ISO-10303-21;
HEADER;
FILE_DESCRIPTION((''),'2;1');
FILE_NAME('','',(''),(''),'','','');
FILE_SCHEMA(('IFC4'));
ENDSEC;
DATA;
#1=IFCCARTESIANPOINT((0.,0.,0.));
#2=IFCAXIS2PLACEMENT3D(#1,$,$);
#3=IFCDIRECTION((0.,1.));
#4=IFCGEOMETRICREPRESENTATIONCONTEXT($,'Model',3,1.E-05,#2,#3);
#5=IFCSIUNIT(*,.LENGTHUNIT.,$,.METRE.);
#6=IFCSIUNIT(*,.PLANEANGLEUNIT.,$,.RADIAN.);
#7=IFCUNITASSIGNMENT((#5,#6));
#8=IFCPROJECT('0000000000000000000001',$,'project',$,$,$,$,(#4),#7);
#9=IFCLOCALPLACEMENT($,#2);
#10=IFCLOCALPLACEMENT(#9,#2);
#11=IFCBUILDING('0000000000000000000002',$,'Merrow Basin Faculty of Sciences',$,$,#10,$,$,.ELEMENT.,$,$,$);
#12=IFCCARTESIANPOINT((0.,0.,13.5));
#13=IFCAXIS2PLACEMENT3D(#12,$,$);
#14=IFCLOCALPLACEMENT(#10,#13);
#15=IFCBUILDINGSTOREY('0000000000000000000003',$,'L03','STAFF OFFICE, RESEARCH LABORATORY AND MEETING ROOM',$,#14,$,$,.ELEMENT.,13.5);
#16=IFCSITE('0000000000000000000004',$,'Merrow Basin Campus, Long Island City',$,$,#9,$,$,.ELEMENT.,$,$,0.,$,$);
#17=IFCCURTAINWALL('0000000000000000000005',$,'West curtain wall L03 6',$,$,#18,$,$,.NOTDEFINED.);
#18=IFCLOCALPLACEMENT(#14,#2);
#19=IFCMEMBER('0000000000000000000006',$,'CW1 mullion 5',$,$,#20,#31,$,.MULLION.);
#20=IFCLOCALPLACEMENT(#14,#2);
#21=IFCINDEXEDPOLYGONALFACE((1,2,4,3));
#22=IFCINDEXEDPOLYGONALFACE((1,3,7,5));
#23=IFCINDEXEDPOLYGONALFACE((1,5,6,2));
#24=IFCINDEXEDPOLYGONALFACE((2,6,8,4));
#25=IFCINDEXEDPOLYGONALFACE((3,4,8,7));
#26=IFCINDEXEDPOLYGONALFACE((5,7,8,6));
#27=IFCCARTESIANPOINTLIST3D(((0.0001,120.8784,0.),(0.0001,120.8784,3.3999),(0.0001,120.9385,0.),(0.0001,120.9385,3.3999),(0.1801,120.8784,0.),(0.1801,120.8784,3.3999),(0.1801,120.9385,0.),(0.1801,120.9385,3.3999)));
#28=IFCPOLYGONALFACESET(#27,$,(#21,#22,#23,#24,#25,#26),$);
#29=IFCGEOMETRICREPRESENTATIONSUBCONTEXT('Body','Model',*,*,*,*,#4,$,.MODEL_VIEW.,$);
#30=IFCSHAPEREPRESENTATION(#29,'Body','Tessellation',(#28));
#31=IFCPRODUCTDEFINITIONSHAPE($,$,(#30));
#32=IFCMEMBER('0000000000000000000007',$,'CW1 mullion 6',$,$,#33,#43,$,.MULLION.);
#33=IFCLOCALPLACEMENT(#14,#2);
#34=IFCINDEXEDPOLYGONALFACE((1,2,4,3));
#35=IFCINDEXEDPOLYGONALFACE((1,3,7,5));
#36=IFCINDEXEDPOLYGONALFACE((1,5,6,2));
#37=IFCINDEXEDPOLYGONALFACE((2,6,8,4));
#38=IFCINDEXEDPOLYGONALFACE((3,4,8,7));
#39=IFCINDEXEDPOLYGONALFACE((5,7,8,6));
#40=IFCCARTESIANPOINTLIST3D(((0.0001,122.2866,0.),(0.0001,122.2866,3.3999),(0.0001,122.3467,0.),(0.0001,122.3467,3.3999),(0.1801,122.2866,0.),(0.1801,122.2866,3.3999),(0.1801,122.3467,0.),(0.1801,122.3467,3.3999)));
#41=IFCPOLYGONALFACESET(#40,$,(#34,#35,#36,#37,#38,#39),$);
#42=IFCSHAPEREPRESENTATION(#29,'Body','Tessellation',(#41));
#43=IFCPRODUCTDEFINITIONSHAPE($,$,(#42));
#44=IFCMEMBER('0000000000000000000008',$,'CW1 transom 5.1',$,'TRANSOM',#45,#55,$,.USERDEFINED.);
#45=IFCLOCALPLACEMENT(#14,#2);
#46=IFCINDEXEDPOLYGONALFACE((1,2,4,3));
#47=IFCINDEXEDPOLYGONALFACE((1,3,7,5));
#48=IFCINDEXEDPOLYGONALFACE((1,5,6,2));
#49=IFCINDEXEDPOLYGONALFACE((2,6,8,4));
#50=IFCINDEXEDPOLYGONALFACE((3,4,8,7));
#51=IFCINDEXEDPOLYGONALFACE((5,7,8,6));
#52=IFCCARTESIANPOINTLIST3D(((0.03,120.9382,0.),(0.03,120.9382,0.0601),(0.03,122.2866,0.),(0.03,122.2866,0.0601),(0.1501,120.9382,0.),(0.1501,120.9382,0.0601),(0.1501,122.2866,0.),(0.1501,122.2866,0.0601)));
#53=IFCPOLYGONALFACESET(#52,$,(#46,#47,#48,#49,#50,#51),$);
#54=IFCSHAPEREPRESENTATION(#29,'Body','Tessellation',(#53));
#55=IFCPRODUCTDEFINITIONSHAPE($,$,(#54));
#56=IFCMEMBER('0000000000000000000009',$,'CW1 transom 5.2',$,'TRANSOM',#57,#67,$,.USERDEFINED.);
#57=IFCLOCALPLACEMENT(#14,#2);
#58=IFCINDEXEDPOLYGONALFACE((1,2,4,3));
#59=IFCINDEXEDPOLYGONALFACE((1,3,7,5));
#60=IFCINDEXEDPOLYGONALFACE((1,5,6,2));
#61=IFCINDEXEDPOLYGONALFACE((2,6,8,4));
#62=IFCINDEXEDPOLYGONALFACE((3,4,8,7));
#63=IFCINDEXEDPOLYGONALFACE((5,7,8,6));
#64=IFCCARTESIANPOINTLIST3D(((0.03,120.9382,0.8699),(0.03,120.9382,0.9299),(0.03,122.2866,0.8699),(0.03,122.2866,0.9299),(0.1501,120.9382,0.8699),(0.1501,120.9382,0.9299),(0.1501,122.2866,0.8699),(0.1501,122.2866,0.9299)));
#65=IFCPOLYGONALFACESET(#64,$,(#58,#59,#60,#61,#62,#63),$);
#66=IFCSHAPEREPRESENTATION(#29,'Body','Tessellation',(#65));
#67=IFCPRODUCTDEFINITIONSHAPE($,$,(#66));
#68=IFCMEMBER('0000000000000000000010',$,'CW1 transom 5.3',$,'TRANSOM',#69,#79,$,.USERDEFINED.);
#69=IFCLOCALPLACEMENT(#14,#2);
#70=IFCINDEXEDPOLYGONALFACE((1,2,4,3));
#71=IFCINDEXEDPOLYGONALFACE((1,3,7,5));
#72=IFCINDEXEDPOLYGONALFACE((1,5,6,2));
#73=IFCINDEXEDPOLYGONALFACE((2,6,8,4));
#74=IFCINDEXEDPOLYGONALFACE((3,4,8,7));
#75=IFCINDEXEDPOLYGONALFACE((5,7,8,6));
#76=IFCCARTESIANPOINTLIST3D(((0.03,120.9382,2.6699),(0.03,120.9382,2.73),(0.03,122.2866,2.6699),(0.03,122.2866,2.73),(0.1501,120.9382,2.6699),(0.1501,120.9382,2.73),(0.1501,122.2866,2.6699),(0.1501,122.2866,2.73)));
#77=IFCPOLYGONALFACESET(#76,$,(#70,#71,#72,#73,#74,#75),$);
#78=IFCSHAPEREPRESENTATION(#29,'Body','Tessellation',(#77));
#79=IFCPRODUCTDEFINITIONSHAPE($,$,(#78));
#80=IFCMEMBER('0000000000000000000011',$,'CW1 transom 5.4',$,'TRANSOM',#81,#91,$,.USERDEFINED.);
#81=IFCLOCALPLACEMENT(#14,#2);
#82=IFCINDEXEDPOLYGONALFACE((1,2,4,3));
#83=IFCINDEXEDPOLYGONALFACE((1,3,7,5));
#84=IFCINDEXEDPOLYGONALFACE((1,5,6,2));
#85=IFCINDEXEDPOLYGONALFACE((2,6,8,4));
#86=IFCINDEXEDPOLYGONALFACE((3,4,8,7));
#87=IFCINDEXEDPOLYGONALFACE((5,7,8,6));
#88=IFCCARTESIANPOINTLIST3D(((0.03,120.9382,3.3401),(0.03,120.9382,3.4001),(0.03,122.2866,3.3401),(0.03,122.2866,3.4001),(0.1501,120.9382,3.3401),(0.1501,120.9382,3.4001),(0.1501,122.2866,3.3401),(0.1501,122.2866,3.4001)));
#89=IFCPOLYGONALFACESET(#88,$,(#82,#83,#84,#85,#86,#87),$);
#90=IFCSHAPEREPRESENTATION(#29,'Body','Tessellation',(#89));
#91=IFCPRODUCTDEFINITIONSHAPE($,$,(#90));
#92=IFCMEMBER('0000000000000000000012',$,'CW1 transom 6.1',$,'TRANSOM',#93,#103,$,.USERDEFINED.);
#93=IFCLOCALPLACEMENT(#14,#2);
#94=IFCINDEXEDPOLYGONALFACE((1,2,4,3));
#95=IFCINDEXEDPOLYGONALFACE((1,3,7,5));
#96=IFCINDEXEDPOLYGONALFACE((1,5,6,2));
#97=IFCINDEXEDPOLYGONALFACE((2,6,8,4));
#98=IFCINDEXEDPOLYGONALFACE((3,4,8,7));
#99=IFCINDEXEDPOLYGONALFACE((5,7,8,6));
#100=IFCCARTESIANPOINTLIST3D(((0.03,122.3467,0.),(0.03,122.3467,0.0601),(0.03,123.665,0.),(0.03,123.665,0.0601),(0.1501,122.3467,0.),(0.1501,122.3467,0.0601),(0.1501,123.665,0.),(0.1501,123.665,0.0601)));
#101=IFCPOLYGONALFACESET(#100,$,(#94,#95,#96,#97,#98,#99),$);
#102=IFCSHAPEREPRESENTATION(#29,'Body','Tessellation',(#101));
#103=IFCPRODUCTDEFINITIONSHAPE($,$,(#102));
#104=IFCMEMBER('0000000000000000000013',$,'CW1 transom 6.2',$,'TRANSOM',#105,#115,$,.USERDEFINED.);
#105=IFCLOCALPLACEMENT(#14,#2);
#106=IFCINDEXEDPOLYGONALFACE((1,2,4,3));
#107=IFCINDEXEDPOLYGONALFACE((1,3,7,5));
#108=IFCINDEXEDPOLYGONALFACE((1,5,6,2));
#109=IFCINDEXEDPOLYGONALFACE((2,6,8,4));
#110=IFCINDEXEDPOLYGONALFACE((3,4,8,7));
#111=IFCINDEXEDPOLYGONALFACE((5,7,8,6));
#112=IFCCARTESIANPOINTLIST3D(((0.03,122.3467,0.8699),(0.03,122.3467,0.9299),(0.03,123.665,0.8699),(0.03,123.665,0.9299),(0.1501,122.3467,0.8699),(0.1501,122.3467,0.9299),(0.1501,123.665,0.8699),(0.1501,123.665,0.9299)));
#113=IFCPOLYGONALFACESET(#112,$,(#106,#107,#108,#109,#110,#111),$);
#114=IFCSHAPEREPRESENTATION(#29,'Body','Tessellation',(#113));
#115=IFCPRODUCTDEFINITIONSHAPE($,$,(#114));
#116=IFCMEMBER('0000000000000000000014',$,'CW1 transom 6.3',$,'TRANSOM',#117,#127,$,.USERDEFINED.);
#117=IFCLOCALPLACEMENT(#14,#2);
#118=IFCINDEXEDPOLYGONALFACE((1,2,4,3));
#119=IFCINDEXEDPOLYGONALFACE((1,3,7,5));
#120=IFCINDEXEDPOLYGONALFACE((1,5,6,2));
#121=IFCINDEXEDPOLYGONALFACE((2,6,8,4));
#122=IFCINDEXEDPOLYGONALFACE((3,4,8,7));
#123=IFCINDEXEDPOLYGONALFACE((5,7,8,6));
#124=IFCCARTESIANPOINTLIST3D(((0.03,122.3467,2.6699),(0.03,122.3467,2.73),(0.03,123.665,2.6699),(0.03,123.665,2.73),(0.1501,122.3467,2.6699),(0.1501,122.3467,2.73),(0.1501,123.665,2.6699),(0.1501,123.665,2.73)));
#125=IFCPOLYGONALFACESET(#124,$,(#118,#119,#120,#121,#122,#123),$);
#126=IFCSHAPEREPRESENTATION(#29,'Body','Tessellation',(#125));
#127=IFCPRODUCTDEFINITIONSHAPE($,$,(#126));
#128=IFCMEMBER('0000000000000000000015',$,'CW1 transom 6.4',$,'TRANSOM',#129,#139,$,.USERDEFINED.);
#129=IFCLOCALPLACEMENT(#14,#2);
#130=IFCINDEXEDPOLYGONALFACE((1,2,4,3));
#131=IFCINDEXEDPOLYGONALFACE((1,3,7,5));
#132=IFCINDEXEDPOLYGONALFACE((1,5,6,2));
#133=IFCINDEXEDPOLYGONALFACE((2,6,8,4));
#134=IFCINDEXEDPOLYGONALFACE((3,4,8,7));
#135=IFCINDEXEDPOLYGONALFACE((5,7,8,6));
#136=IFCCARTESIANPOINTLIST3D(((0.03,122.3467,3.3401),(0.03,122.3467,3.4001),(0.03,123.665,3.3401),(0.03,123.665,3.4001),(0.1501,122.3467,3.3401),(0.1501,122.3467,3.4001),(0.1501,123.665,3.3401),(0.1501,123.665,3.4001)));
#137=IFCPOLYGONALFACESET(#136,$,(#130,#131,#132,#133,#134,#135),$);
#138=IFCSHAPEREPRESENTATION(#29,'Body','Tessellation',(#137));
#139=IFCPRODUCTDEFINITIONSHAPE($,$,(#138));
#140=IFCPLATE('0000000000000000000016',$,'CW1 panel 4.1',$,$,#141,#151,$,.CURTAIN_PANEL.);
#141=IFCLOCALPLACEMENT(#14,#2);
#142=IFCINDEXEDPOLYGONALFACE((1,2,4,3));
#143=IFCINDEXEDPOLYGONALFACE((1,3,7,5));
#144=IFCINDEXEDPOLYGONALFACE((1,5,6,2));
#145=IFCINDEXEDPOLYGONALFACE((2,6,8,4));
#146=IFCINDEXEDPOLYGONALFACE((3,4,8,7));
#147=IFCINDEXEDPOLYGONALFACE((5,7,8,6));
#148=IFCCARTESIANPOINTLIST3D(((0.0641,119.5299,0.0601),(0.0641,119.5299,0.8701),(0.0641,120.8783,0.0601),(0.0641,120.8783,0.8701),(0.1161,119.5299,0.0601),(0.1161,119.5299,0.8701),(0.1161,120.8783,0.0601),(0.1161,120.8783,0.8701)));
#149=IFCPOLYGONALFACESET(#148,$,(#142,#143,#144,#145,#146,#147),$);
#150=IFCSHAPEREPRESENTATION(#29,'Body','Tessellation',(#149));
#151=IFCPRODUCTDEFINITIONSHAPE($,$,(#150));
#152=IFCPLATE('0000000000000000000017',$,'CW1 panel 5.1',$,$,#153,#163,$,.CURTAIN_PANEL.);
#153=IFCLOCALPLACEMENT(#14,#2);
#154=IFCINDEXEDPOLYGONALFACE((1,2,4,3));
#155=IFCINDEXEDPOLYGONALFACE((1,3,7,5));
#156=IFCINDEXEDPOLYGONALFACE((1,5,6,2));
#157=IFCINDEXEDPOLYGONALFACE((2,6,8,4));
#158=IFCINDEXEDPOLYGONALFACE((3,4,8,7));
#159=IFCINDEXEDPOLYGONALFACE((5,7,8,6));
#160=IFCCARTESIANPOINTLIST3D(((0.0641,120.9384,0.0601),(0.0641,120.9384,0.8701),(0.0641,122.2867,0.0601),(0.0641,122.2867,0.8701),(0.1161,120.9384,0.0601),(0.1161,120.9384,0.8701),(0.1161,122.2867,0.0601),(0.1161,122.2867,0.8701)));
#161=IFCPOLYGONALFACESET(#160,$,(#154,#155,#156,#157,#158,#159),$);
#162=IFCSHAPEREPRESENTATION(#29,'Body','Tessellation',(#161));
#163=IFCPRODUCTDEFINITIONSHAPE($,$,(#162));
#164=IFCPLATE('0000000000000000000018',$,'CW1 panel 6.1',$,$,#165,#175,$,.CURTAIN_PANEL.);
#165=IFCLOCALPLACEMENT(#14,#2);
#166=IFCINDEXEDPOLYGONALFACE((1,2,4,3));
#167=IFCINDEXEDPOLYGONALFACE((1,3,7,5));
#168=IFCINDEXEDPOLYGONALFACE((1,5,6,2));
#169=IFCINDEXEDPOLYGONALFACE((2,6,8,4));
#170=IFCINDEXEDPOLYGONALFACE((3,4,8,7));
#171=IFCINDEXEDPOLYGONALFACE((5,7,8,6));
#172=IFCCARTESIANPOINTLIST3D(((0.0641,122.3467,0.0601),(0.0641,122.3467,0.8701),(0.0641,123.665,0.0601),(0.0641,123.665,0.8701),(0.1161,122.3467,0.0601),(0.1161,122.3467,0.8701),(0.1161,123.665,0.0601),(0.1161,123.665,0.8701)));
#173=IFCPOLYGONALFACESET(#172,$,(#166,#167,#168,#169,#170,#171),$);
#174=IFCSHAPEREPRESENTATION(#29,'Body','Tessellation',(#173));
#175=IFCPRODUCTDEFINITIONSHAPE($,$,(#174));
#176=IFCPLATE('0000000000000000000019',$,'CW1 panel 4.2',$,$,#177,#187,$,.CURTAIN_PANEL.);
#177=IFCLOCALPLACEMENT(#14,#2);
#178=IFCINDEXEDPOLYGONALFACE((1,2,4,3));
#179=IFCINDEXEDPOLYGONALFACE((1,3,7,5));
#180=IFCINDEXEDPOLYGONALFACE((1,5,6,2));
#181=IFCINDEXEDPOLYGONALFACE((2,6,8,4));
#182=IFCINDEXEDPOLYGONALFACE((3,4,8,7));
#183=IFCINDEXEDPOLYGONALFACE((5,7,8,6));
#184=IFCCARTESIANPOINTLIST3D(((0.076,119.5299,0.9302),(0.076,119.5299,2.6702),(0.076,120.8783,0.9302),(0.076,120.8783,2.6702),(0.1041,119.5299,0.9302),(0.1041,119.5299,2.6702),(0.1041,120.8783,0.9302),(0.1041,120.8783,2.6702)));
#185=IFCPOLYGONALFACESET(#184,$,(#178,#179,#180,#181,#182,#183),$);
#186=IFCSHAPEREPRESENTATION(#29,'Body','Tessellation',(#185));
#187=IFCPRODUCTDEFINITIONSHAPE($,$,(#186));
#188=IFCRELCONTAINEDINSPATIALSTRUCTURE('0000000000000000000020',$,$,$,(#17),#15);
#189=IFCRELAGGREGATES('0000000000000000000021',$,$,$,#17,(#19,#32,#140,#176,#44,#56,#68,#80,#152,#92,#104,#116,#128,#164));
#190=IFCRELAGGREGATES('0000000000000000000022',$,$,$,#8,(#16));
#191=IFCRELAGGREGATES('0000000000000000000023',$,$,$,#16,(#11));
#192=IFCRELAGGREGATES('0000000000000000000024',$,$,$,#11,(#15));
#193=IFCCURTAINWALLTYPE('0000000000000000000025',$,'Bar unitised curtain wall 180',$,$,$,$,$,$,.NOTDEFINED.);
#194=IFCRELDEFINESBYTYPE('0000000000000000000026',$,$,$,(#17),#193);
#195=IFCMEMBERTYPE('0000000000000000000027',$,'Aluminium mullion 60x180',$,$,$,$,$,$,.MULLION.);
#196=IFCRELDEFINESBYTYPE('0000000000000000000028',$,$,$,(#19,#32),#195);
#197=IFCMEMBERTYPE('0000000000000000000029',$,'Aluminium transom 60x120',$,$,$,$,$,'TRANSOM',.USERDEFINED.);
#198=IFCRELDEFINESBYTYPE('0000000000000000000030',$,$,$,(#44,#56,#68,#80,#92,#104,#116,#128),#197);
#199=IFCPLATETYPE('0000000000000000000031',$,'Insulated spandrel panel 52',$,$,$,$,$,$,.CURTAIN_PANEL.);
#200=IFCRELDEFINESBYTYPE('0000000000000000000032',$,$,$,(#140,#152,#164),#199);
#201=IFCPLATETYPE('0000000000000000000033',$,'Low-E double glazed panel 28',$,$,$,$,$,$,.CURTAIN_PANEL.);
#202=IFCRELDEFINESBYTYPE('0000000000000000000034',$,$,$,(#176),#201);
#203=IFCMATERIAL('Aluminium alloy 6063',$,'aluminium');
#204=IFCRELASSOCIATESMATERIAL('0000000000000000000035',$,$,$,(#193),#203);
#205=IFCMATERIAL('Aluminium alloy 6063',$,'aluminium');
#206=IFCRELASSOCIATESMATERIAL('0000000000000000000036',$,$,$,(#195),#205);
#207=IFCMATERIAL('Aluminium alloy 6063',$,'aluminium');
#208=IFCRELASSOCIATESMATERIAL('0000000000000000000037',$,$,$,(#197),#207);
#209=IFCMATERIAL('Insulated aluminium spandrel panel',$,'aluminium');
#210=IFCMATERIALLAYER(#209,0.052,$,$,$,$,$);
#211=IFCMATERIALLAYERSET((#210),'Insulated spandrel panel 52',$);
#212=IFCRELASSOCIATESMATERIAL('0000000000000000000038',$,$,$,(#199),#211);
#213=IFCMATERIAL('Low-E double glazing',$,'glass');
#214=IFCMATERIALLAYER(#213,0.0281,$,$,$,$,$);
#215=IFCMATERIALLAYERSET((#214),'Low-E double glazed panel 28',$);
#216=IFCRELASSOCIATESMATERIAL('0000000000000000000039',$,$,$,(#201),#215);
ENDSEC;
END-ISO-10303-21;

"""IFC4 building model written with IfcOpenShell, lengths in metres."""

from ifc_helpers import new_model, si_unit, direction, frame, origin, origin_2d, place, context, subcontext, project, spatial, rectangle, extrude, material, layer, layer_set, material_profile, profile_set, type_object, element, aggregate, save


model = new_model("IFC4")

# Units and contexts
model_context = context("Model", 3, precision=1e-05, world=origin(), true_north=direction((0.0, 1.0)))
body_context = subcontext(model_context, "Body", "Model", "MODEL_VIEW")
ifc_project = project(units=[si_unit("LENGTHUNIT", "METRE"), si_unit("PLANEANGLEUNIT", "RADIAN")], contexts=[model_context])

# Site, building, storey
site_placement = place(None, origin())
site = spatial("IfcSite", under=ifc_project, at=site_placement, Name="Merrow Basin Campus, Long Island City", CompositionType="ELEMENT", RefElevation=0.0)
building_placement = place(site_placement, origin())
building = spatial("IfcBuilding", under=site, at=building_placement, Name="Merrow Basin Faculty of Sciences", CompositionType="ELEMENT")
storey_placement = place(building_placement, frame((0.0, 0.0, 13.5)))
storey = spatial("IfcBuildingStorey", under=building, at=storey_placement, Name="L03", Description="STAFF OFFICE, RESEARCH LABORATORY AND MEETING ROOM", CompositionType="ELEMENT", Elevation=13.5)

# Curtain wall, members, plates
ifc_material_1 = material(Name="Aluminium alloy 6063", Category="aluminium")
curtain_wall_type = type_object("IfcCurtainWallType", Name="Bar unitised curtain wall 180", PredefinedType="NOTDEFINED", material=ifc_material_1)
curtain_wall_placement = place(storey_placement, origin())
curtain_wall = element("IfcCurtainWall", 1, at=curtain_wall_placement, inside=storey, type_object=curtain_wall_type, Name="West curtain wall L03 6", PredefinedType="NOTDEFINED")
ifc_material_2 = material(Name="Aluminium alloy 6063", Category="aluminium")
ifc_material_profile_1 = material_profile(ifc_material_2, rectangle(XDim=0.1799, YDim=0.0601, at=origin_2d()))
ifc_profile_set_1 = profile_set([ifc_material_profile_1], Name="Aluminium alloy 6063")
member_type_1 = type_object("IfcMemberType", Name="Aluminium mullion 60x180", PredefinedType="MULLION", material=ifc_profile_set_1)
member_1_placement = place(storey_placement, frame((0.0901, 120.9084, 0.0), z_axis=(0.0, 0.0, 1.0), x_axis=(-1.0, 0.0, 0.0)))
member_1 = element("IfcMember", 2, at=member_1_placement, type_object=member_type_1, Name="CW1 mullion 5", PredefinedType="MULLION", context=body_context, shape_type="SweptSolid", body=[
    extrude(rectangle(XDim=0.1799, YDim=0.0601, at=origin_2d()), origin(), (0.0, 0.0, 1.0), 3.3999),
])
member_2_placement = place(storey_placement, frame((0.0901, 122.3167, 0.0), z_axis=(0.0, 0.0, 1.0), x_axis=(-1.0, 0.0, 0.0)))
member_2 = element("IfcMember", 3, at=member_2_placement, type_object=member_type_1, Name="CW1 mullion 6", PredefinedType="MULLION", context=body_context, shape_type="SweptSolid", body=[
    extrude(rectangle(XDim=0.1799, YDim=0.0601, at=origin_2d()), origin(), (0.0, 0.0, 1.0), 3.3999),
])
ifc_material_3 = material(Name="Aluminium alloy 6063", Category="aluminium")
ifc_material_profile_2 = material_profile(ifc_material_3, rectangle(XDim=0.1201, YDim=0.0601, at=origin_2d()))
ifc_profile_set_2 = profile_set([ifc_material_profile_2], Name="Aluminium alloy 6063")
member_type_2 = type_object("IfcMemberType", Name="Aluminium transom 60x120", ElementType="TRANSOM", PredefinedType="USERDEFINED", material=ifc_profile_set_2)
member_3_placement = place(storey_placement, frame((0.0901, 120.9382, 0.03), z_axis=(0.0, 1.0, 0.0), x_axis=(-1.0, 0.0, 0.0)))
member_3 = element("IfcMember", 4, at=member_3_placement, type_object=member_type_2, Name="CW1 transom 5.1", ObjectType="TRANSOM", PredefinedType="USERDEFINED", context=body_context, shape_type="SweptSolid", body=[
    extrude(rectangle(XDim=0.1201, YDim=0.0601, at=origin_2d()), origin(), (0.0, 0.0, 1.0), 1.3484),
])
member_4_placement = place(storey_placement, frame((0.0901, 120.9382, 0.8999), z_axis=(0.0, 1.0, 0.0), x_axis=(-1.0, 0.0, 0.0)))
member_4 = element("IfcMember", 5, at=member_4_placement, type_object=member_type_2, Name="CW1 transom 5.2", ObjectType="TRANSOM", PredefinedType="USERDEFINED", context=body_context, shape_type="SweptSolid", body=[
    extrude(rectangle(XDim=0.1201, YDim=0.0601, at=origin_2d()), origin(), (0.0, 0.0, 1.0), 1.3484),
])
member_5_placement = place(storey_placement, frame((0.0901, 120.9382, 2.7), z_axis=(0.0, 1.0, 0.0), x_axis=(-1.0, 0.0, 0.0)))
member_5 = element("IfcMember", 6, at=member_5_placement, type_object=member_type_2, Name="CW1 transom 5.3", ObjectType="TRANSOM", PredefinedType="USERDEFINED", context=body_context, shape_type="SweptSolid", body=[
    extrude(rectangle(XDim=0.1201, YDim=0.0601, at=origin_2d()), origin(), (0.0, 0.0, 1.0), 1.3484),
])
member_6_placement = place(storey_placement, frame((0.0901, 120.9382, 3.3701), z_axis=(0.0, 1.0, 0.0), x_axis=(-1.0, 0.0, 0.0)))
member_6 = element("IfcMember", 7, at=member_6_placement, type_object=member_type_2, Name="CW1 transom 5.4", ObjectType="TRANSOM", PredefinedType="USERDEFINED", context=body_context, shape_type="SweptSolid", body=[
    extrude(rectangle(XDim=0.1201, YDim=0.0601, at=origin_2d()), origin(), (0.0, 0.0, 1.0), 1.3484),
])
member_7_placement = place(storey_placement, frame((0.0901, 122.3467, 0.03), z_axis=(0.0, 1.0, 0.0), x_axis=(-1.0, 0.0, 0.0)))
member_7 = element("IfcMember", 8, at=member_7_placement, type_object=member_type_2, Name="CW1 transom 6.1", ObjectType="TRANSOM", PredefinedType="USERDEFINED", context=body_context, shape_type="SweptSolid", body=[
    extrude(rectangle(XDim=0.1201, YDim=0.0601, at=origin_2d()), origin(), (0.0, 0.0, 1.0), 1.3184),
])
member_8_placement = place(storey_placement, frame((0.0901, 122.3467, 0.8999), z_axis=(0.0, 1.0, 0.0), x_axis=(-1.0, 0.0, 0.0)))
member_8 = element("IfcMember", 9, at=member_8_placement, type_object=member_type_2, Name="CW1 transom 6.2", ObjectType="TRANSOM", PredefinedType="USERDEFINED", context=body_context, shape_type="SweptSolid", body=[
    extrude(rectangle(XDim=0.1201, YDim=0.0601, at=origin_2d()), origin(), (0.0, 0.0, 1.0), 1.3184),
])
member_9_placement = place(storey_placement, frame((0.0901, 122.3467, 2.7), z_axis=(0.0, 1.0, 0.0), x_axis=(-1.0, 0.0, 0.0)))
member_9 = element("IfcMember", 10, at=member_9_placement, type_object=member_type_2, Name="CW1 transom 6.3", ObjectType="TRANSOM", PredefinedType="USERDEFINED", context=body_context, shape_type="SweptSolid", body=[
    extrude(rectangle(XDim=0.1201, YDim=0.0601, at=origin_2d()), origin(), (0.0, 0.0, 1.0), 1.3184),
])
member_10_placement = place(storey_placement, frame((0.0901, 122.3467, 3.3701), z_axis=(0.0, 1.0, 0.0), x_axis=(-1.0, 0.0, 0.0)))
member_10 = element("IfcMember", 11, at=member_10_placement, type_object=member_type_2, Name="CW1 transom 6.4", ObjectType="TRANSOM", PredefinedType="USERDEFINED", context=body_context, shape_type="SweptSolid", body=[
    extrude(rectangle(XDim=0.1201, YDim=0.0601, at=origin_2d()), origin(), (0.0, 0.0, 1.0), 1.3184),
])
ifc_material_4 = material(Name="Insulated aluminium spandrel panel", Category="aluminium")
ifc_layer_1 = layer(ifc_material_4, 0.052)
ifc_layer_set_1 = layer_set([ifc_layer_1], Name="Insulated spandrel panel 52")
plate_type_1 = type_object("IfcPlateType", Name="Insulated spandrel panel 52", PredefinedType="CURTAIN_PANEL", material=ifc_layer_set_1)
plate_1_placement = place(storey_placement, frame((0.0901, 120.2041, 0.0601), z_axis=(0.0, 0.0, 1.0), x_axis=(0.0, 1.0, 0.0)))
plate_1 = element("IfcPlate", 12, at=plate_1_placement, type_object=plate_type_1, Name="CW1 panel 4.1", PredefinedType="CURTAIN_PANEL", context=body_context, shape_type="SweptSolid", body=[
    extrude(rectangle(XDim=1.3484, YDim=0.052, at=origin_2d()), origin(), (0.0, 0.0, 1.0), 0.8101),
])
plate_2_placement = place(storey_placement, frame((0.0901, 121.6125, 0.0601), z_axis=(0.0, 0.0, 1.0), x_axis=(0.0, 1.0, 0.0)))
plate_2 = element("IfcPlate", 13, at=plate_2_placement, type_object=plate_type_1, Name="CW1 panel 5.1", PredefinedType="CURTAIN_PANEL", context=body_context, shape_type="SweptSolid", body=[
    extrude(rectangle(XDim=1.3484, YDim=0.052, at=origin_2d()), origin(), (0.0, 0.0, 1.0), 0.8101),
])
plate_3_placement = place(storey_placement, frame((0.0901, 123.0059, 0.0601), z_axis=(0.0, 0.0, 1.0), x_axis=(0.0, 1.0, 0.0)))
plate_3 = element("IfcPlate", 14, at=plate_3_placement, type_object=plate_type_1, Name="CW1 panel 6.1", PredefinedType="CURTAIN_PANEL", context=body_context, shape_type="SweptSolid", body=[
    extrude(rectangle(XDim=1.3184, YDim=0.052, at=origin_2d()), origin(), (0.0, 0.0, 1.0), 0.8101),
])
ifc_material_5 = material(Name="Low-E double glazing", Category="glass")
ifc_layer_2 = layer(ifc_material_5, 0.0281)
ifc_layer_set_2 = layer_set([ifc_layer_2], Name="Low-E double glazed panel 28")
plate_type_2 = type_object("IfcPlateType", Name="Low-E double glazed panel 28", PredefinedType="CURTAIN_PANEL", material=ifc_layer_set_2)
plate_4_placement = place(storey_placement, frame((0.0901, 120.2041, 0.9302), z_axis=(0.0, 0.0, 1.0), x_axis=(0.0, 1.0, 0.0)))
plate_4 = element("IfcPlate", 15, at=plate_4_placement, type_object=plate_type_2, Name="CW1 panel 4.2", PredefinedType="CURTAIN_PANEL", context=body_context, shape_type="SweptSolid", body=[
    extrude(rectangle(XDim=1.3484, YDim=0.0281, at=origin_2d()), origin(), (0.0, 0.0, 1.0), 1.74),
])
aggregate(curtain_wall, [member_1, member_2, plate_1, plate_4, member_3, member_4, member_5, member_6, plate_2, member_7, member_8, member_9, member_10, plate_3])

save(model, "model.ifc")
